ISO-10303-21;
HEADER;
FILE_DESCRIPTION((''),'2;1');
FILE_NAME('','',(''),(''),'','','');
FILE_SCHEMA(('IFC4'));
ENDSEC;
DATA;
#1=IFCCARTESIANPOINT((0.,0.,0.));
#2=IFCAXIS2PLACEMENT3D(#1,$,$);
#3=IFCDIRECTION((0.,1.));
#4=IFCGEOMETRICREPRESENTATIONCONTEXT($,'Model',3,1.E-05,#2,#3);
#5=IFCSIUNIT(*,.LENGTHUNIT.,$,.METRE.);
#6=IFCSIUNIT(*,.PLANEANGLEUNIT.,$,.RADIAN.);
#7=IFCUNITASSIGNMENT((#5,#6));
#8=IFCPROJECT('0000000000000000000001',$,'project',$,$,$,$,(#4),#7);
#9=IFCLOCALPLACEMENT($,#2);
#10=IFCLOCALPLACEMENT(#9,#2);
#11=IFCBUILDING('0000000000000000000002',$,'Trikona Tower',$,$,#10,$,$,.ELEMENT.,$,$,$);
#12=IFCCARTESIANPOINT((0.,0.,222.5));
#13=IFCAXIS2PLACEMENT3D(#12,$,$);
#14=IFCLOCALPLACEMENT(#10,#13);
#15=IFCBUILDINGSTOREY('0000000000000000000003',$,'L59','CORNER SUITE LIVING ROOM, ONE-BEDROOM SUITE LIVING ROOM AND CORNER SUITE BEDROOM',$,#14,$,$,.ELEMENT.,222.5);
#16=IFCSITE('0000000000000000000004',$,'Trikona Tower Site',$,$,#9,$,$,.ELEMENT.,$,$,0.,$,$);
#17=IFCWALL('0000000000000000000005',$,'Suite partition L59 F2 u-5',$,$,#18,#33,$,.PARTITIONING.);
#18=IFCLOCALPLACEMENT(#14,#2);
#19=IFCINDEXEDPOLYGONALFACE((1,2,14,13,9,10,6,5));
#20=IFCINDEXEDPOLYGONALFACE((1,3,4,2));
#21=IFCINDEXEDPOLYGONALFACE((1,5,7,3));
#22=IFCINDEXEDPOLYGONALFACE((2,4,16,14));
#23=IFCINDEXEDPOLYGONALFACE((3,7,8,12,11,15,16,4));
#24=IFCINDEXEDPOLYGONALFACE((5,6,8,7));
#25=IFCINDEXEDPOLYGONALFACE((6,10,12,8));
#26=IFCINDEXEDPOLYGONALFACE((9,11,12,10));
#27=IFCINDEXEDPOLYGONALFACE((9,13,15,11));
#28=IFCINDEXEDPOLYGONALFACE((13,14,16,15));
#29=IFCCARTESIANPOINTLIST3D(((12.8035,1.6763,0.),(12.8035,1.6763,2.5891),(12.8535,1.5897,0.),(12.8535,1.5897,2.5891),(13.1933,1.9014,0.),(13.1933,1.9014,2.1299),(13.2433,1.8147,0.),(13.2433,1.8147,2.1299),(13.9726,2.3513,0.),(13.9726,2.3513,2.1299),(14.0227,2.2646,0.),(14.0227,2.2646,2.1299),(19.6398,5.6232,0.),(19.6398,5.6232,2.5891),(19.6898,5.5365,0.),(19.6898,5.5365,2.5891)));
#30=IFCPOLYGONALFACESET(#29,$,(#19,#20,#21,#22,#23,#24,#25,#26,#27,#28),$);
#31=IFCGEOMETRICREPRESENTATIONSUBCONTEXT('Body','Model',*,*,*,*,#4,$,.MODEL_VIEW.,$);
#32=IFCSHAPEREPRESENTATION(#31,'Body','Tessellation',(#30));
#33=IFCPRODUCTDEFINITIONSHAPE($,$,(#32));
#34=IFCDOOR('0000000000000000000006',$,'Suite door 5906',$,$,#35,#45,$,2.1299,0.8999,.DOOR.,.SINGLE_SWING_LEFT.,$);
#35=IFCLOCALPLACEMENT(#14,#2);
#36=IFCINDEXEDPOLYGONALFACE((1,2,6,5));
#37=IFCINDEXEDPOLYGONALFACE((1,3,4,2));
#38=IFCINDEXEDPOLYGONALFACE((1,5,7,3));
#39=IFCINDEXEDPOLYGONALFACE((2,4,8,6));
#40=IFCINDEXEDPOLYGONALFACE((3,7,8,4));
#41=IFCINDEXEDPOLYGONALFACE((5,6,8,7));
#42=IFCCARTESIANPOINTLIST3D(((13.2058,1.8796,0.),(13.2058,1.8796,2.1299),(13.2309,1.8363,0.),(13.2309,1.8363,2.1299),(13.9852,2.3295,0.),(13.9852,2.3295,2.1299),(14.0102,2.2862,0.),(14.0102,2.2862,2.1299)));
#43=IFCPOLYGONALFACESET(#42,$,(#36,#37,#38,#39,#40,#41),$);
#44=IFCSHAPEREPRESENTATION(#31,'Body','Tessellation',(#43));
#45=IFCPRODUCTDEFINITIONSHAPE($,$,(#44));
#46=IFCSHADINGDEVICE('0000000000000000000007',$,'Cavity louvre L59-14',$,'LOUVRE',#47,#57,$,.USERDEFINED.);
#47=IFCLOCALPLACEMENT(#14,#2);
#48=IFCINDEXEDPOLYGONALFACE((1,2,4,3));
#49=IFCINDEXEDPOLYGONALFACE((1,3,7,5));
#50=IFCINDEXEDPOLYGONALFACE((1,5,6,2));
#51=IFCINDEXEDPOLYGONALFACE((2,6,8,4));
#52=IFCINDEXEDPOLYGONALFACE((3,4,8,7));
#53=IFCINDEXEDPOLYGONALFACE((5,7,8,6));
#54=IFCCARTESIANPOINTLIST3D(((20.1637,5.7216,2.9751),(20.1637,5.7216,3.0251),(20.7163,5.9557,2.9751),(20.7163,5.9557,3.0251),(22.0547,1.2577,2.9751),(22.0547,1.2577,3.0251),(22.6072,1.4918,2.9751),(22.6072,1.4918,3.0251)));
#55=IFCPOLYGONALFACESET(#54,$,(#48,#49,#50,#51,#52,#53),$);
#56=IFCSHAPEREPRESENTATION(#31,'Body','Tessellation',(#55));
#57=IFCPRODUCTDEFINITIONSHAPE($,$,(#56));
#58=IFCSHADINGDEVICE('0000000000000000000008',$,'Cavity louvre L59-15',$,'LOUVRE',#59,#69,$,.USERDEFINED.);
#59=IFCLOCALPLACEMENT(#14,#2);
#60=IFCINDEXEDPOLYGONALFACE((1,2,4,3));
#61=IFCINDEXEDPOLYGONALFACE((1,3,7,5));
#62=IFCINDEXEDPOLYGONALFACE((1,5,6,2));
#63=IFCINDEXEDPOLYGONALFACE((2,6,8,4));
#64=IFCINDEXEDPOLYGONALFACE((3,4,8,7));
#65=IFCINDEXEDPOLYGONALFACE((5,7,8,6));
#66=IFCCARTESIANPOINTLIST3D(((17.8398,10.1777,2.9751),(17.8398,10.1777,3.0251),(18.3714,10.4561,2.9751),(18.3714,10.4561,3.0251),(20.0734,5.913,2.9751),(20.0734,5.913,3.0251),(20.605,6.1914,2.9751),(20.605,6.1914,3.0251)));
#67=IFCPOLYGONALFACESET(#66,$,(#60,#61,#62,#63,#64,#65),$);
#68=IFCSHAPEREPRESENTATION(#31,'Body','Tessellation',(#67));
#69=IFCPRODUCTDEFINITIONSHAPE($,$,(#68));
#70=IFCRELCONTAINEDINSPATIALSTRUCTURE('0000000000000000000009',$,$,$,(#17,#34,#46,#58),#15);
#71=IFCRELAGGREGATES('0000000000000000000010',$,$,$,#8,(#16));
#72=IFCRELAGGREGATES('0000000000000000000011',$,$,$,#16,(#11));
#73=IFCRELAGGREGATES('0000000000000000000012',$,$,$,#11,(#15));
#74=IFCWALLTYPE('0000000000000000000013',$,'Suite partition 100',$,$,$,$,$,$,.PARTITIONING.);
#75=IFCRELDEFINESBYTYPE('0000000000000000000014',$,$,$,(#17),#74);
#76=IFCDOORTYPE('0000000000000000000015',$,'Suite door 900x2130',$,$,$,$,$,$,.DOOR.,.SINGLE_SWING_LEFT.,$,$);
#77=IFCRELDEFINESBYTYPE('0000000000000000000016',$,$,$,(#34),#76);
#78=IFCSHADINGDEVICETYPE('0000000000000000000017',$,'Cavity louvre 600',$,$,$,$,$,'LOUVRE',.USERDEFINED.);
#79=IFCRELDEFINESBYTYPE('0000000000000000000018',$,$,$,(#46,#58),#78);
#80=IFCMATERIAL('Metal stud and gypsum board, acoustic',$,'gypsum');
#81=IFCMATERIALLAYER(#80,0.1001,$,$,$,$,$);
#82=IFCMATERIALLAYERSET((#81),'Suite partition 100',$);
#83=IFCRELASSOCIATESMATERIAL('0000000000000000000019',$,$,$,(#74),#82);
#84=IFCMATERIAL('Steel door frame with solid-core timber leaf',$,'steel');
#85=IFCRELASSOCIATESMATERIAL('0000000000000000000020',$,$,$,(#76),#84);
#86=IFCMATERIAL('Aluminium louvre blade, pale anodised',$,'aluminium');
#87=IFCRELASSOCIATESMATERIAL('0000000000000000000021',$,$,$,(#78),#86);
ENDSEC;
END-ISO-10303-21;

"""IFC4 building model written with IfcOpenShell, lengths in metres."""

from ifc_helpers import new_model, si_unit, direction, frame, frame_2d, origin, origin_2d, place, context, subcontext, project, spatial, rectangle, extrude, material, layer, layer_set, type_object, element, fill, save


model = new_model("IFC4")

# Units and contexts
model_context = context("Model", 3, precision=1e-05, world=origin(), true_north=direction((0.0, 1.0)))
body_context = subcontext(model_context, "Body", "Model", "MODEL_VIEW")
ifc_project = project(units=[si_unit("LENGTHUNIT", "METRE"), si_unit("PLANEANGLEUNIT", "RADIAN")], contexts=[model_context])

# Site, building, storey
site_placement = place(None, origin())
site = spatial("IfcSite", under=ifc_project, at=site_placement, Name="Trikona Tower Site", CompositionType="ELEMENT", RefElevation=0.0)
building_placement = place(site_placement, origin())
building = spatial("IfcBuilding", under=site, at=building_placement, Name="Trikona Tower", CompositionType="ELEMENT")
storey_placement = place(building_placement, frame((0.0, 0.0, 222.5)))
storey = spatial("IfcBuildingStorey", under=building, at=storey_placement, Name="L59", Description="CORNER SUITE LIVING ROOM, ONE-BEDROOM SUITE LIVING ROOM AND CORNER SUITE BEDROOM", CompositionType="ELEMENT", Elevation=222.5)

# Wall, opening, door
ifc_material_1 = material(Name="Metal stud and gypsum board, acoustic", Category="gypsum")
ifc_layer_1 = layer(ifc_material_1, 0.1001)
ifc_layer_set_1 = layer_set([ifc_layer_1], Name="Suite partition 100")
wall_type_1 = type_object("IfcWallType", Name="Suite partition 100", PredefinedType="PARTITIONING", material=ifc_layer_set_1)
wall_1_placement = place(storey_placement, frame((12.8286, 1.6331, 0.0), z_axis=(0.0, 0.0, 1.0), x_axis=(0.866031, 0.499991, 0.0)))
wall_1 = element("IfcWall", 1, at=wall_1_placement, inside=storey, type_object=wall_type_1, Name="Suite partition L59 F2 u-5", PredefinedType="PARTITIONING", context=body_context, shape_type="SweptSolid", body=[
    extrude(rectangle(XDim=7.8938, YDim=0.1001, at=frame_2d((3.9468, 0.0))), origin(), (0.0, 0.0, 1.0), 2.5891),
])
opening_1_placement = place(wall_1_placement, frame((0.45, 0.0, 0.0)))
opening_1 = element("IfcOpeningElement", 2, at=opening_1_placement, cuts=wall_1, PredefinedType="OPENING", context=body_context, shape_type="SweptSolid", body=[
    extrude(rectangle(XDim=0.8999, YDim=2.1299, at=frame_2d((0.45, 1.0649))), frame((0.0, 0.0601, 0.0), z_axis=(0.0, -1.0, 0.0), x_axis=(1.0, 0.0, 0.0)), (0.0, 0.0, 1.0), 0.1201),
])
ifc_material_2 = material(Name="Steel door frame with solid-core timber leaf", Category="steel")
door_type = type_object("IfcDoorType", Name="Suite door 900x2130", OperationType="SINGLE_SWING_LEFT", PredefinedType="DOOR", material=ifc_material_2)
door_placement = place(opening_1_placement, origin())
door = element("IfcDoor", 3, at=door_placement, inside=storey, type_object=door_type, Name="Suite door 5906", OperationType="SINGLE_SWING_LEFT", OverallHeight=2.1299, OverallWidth=0.8999, PredefinedType="DOOR", context=body_context, shape_type="SweptSolid", body=[
    extrude(rectangle(XDim=0.8999, YDim=2.1299, at=frame_2d((0.45, 1.0649))), frame((0.0, 0.0249, 0.0), z_axis=(0.0, -1.0, 0.0), x_axis=(1.0, 0.0, 0.0)), (0.0, 0.0, 1.0), 0.05),
])
fill(opening_1, door)

# Shading devices
ifc_material_3 = material(Name="Aluminium louvre blade, pale anodised", Category="aluminium")
shading_device_type = type_object("IfcShadingDeviceType", Name="Cavity louvre 600", ElementType="LOUVRE", PredefinedType="USERDEFINED", material=ifc_material_3)
shading_device_1_placement = place(storey_placement, frame((21.3855, 3.6067, 2.9751), z_axis=(0.0, 0.0, 1.0), x_axis=(-0.390051, 0.920793, 0.0)))
element("IfcShadingDevice", 4, at=shading_device_1_placement, inside=storey, type_object=shading_device_type, Name="Cavity louvre L59-14", ObjectType="LOUVRE", PredefinedType="USERDEFINED", context=body_context, shape_type="SweptSolid", body=[
    extrude(rectangle(XDim=4.8479, YDim=0.6001, at=origin_2d()), origin(), (0.0, 0.0, 1.0), 0.05),
])
shading_device_2_placement = place(storey_placement, frame((19.2224, 8.1846, 2.9751), z_axis=(0.0, 0.0, 1.0), x_axis=(-0.463952, 0.88586, 0.0)))
element("IfcShadingDevice", 5, at=shading_device_2_placement, inside=storey, type_object=shading_device_type, Name="Cavity louvre L59-15", ObjectType="LOUVRE", PredefinedType="USERDEFINED", context=body_context, shape_type="SweptSolid", body=[
    extrude(rectangle(XDim=4.8142, YDim=0.6001, at=origin_2d()), origin(), (0.0, 0.0, 1.0), 0.05),
])

save(model, "model.ifc")
